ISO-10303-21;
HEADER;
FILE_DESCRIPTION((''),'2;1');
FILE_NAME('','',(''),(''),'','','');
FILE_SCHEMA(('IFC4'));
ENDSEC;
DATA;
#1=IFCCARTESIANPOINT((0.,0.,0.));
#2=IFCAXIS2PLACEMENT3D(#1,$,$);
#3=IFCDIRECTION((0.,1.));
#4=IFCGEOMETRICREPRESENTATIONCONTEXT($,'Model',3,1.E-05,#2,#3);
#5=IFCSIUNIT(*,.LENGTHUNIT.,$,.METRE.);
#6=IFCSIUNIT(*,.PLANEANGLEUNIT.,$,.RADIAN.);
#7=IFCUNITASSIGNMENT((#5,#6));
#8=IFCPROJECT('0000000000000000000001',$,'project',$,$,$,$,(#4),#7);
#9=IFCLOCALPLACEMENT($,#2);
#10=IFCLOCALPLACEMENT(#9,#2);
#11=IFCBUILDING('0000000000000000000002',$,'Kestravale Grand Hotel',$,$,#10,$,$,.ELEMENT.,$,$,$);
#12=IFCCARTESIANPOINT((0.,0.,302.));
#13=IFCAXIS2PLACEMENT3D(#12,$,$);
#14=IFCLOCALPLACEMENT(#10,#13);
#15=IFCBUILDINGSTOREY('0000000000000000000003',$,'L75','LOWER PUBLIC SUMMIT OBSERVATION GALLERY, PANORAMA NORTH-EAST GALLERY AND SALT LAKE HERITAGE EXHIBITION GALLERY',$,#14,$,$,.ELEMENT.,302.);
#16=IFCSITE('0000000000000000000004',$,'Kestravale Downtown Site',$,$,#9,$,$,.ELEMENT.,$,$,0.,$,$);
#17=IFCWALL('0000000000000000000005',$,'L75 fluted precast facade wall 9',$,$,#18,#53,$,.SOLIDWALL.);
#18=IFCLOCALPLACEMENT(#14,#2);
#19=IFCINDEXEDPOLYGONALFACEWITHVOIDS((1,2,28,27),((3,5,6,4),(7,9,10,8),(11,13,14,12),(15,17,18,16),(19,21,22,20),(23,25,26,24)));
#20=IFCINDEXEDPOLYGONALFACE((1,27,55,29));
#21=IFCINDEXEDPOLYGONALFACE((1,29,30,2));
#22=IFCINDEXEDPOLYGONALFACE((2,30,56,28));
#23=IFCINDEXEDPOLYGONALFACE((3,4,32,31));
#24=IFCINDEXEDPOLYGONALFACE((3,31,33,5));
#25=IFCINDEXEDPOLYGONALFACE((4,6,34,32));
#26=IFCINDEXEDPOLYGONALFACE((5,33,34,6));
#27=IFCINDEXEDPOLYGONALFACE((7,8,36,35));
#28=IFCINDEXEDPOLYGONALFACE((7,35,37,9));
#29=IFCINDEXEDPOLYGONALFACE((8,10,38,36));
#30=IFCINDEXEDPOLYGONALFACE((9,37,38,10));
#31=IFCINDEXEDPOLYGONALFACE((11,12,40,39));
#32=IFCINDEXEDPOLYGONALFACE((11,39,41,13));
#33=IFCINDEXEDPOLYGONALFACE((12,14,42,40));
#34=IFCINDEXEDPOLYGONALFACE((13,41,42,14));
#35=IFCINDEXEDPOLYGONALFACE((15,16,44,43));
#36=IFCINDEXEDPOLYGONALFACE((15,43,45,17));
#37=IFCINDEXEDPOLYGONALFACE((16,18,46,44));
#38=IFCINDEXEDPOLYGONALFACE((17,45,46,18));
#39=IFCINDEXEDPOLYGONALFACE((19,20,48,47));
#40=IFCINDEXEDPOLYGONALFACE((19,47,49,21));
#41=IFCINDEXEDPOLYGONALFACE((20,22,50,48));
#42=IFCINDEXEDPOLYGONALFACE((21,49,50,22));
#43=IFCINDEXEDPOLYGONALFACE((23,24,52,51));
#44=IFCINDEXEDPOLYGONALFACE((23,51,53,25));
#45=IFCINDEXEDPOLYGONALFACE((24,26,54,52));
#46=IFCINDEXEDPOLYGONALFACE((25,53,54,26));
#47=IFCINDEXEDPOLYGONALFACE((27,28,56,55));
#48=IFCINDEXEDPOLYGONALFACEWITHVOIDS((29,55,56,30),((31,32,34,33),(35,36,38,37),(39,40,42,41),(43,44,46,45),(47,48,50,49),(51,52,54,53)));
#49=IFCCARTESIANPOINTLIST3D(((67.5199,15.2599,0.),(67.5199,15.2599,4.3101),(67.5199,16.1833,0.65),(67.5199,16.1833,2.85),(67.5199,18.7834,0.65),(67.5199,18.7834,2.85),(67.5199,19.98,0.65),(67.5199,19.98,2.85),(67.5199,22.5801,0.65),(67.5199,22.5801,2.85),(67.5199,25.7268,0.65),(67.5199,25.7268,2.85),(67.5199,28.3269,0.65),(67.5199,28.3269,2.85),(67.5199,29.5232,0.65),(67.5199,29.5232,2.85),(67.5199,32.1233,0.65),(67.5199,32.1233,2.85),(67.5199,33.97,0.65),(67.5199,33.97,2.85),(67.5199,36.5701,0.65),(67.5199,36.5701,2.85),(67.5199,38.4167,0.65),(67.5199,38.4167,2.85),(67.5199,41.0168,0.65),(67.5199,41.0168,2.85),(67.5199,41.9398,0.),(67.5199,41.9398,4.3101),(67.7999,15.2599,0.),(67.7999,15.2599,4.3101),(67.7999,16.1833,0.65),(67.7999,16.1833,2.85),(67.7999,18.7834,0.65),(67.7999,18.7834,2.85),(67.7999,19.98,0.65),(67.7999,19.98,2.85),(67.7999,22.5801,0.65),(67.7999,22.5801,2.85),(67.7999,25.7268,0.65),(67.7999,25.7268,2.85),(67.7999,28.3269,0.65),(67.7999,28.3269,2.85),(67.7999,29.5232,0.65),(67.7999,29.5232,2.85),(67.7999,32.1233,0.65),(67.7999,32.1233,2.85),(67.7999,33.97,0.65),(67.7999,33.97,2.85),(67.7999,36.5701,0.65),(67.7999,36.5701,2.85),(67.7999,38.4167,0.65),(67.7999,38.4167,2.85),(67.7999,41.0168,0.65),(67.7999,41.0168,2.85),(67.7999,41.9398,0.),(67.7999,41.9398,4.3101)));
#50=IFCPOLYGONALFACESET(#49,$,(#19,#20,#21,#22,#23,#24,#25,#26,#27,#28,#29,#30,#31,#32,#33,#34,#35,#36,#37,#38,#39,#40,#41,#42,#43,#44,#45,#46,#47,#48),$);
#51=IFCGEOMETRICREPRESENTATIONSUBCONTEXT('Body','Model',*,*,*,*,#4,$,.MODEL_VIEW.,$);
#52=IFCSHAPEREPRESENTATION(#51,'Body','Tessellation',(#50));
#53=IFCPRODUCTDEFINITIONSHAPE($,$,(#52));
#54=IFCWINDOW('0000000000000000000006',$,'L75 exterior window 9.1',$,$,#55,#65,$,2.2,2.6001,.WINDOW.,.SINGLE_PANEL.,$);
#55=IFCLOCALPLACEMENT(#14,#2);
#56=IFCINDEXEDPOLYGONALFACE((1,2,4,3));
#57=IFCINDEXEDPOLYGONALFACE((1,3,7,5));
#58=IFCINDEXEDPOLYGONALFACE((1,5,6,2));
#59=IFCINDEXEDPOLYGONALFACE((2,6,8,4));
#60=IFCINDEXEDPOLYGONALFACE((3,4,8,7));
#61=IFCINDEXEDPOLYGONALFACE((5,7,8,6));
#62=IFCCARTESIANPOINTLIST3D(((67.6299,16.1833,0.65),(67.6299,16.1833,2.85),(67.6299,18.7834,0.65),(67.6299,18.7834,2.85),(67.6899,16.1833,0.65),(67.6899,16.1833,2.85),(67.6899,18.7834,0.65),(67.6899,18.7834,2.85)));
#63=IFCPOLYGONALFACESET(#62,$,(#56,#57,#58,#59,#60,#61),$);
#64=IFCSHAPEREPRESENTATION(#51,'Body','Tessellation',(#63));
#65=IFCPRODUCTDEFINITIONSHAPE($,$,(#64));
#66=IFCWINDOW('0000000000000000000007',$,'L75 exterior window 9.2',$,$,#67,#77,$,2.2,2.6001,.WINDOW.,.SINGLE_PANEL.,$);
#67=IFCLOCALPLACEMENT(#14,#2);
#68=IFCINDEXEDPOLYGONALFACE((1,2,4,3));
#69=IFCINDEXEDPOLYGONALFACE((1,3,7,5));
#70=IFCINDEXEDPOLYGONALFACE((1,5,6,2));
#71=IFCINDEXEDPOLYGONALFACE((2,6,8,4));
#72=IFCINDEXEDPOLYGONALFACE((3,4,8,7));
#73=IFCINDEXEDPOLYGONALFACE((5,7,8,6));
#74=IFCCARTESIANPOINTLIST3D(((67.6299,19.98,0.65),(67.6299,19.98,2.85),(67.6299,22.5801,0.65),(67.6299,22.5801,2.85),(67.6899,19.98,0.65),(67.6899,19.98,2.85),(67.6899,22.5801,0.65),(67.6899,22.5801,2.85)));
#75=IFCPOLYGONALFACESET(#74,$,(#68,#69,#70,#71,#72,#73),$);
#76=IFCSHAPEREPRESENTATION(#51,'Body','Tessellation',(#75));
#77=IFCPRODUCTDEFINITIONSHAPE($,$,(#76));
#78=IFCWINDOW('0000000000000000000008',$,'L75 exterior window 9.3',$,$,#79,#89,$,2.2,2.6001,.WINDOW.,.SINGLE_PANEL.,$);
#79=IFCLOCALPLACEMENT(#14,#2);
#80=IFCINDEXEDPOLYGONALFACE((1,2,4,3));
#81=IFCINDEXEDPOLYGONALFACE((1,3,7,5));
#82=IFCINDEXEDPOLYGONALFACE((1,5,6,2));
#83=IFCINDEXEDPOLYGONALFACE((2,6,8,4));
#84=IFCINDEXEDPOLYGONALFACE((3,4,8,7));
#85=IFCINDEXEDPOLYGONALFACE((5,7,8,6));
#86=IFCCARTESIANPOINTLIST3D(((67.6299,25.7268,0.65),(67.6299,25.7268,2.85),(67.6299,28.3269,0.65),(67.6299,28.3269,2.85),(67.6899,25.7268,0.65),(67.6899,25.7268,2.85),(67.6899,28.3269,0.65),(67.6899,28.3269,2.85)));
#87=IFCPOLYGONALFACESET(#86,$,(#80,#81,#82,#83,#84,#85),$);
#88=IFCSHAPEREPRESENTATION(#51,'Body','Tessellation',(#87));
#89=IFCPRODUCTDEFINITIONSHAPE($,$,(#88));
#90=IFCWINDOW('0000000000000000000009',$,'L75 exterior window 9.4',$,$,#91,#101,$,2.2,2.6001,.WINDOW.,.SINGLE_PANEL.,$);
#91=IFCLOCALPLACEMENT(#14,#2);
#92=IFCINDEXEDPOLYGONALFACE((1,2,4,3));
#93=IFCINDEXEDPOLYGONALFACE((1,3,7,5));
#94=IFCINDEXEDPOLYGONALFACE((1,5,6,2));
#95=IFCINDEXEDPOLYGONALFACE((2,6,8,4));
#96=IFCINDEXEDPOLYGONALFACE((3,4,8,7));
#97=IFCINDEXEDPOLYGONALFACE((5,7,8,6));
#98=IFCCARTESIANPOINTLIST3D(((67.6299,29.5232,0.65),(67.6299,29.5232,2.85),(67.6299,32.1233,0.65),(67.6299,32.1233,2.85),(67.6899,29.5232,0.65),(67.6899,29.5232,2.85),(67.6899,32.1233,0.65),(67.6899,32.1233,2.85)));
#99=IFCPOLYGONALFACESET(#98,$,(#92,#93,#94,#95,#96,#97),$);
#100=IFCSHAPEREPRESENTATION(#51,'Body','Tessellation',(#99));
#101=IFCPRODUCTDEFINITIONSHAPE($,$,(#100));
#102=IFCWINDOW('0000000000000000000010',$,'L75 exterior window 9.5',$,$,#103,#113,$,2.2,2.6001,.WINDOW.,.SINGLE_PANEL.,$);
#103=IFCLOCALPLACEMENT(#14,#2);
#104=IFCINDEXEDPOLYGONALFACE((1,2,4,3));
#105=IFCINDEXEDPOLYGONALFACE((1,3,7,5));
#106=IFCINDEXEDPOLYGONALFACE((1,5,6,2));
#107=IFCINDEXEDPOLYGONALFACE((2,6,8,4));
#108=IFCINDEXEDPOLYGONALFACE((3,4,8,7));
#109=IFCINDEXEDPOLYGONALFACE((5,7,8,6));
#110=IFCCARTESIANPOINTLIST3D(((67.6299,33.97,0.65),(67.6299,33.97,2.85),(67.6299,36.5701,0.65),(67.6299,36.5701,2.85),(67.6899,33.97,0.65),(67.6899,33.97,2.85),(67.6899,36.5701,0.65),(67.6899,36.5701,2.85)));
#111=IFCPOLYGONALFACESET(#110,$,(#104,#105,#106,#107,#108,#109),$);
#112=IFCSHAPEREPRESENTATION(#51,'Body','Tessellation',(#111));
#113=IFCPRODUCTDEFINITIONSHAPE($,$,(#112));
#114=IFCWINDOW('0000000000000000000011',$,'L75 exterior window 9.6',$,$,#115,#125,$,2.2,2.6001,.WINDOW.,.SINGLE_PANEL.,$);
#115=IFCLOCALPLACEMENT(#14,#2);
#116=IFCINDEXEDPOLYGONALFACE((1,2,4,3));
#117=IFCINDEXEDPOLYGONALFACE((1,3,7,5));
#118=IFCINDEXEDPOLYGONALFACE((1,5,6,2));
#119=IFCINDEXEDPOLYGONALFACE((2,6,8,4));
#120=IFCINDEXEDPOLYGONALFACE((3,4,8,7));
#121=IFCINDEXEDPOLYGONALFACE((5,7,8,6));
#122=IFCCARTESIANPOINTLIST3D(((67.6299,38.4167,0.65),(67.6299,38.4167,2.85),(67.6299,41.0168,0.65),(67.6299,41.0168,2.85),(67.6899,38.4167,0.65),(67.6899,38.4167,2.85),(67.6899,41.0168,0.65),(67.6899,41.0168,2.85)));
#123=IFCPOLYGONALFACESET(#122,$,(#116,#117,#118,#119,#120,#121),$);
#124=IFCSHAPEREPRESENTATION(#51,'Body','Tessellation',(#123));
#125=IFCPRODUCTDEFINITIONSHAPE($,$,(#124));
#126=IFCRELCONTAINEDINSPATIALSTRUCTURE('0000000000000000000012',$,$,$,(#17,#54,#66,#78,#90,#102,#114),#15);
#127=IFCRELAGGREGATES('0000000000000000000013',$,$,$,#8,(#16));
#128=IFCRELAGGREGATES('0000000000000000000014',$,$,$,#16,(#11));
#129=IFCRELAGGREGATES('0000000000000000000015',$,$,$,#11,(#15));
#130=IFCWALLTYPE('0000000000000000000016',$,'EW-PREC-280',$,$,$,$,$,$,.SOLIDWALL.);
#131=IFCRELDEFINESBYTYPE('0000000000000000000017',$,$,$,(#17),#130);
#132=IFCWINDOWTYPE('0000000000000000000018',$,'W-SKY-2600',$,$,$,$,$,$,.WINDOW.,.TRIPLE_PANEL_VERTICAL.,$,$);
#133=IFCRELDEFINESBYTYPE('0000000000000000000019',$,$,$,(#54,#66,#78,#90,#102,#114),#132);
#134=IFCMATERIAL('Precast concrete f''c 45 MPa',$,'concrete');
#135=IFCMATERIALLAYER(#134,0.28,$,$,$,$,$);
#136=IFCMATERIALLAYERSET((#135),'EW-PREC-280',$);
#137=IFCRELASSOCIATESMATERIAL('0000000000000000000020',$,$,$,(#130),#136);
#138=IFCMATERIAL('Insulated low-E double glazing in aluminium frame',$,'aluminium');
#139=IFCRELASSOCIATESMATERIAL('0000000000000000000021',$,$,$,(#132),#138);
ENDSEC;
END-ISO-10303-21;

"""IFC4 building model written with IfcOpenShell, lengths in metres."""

from ifc_helpers import new_model, si_unit, direction, frame, frame_2d, origin, place, context, subcontext, project, spatial, rectangle, extrude, material, layer, layer_set, type_object, element, fill, save


model = new_model("IFC4")

# Units and contexts
model_context = context("Model", 3, precision=1e-05, world=origin(), true_north=direction((0.0, 1.0)))
body_context = subcontext(model_context, "Body", "Model", "MODEL_VIEW")
ifc_project = project(units=[si_unit("LENGTHUNIT", "METRE"), si_unit("PLANEANGLEUNIT", "RADIAN")], contexts=[model_context])

# Site, building, storey
site_placement = place(None, origin())
site = spatial("IfcSite", under=ifc_project, at=site_placement, Name="Kestravale Downtown Site", CompositionType="ELEMENT", RefElevation=0.0)
building_placement = place(site_placement, origin())
building = spatial("IfcBuilding", under=site, at=building_placement, Name="Kestravale Grand Hotel", CompositionType="ELEMENT")
storey_placement = place(building_placement, frame((0.0, 0.0, 302.0)))
storey = spatial("IfcBuildingStorey", under=building, at=storey_placement, Name="L75", Description="LOWER PUBLIC SUMMIT OBSERVATION GALLERY, PANORAMA NORTH-EAST GALLERY AND SALT LAKE HERITAGE EXHIBITION GALLERY", CompositionType="ELEMENT", Elevation=302.0)

# Shared definitions
ifc_material_1 = material(Name="Precast concrete f'c 45 MPa", Category="concrete")
ifc_layer = layer(ifc_material_1, 0.28)
ifc_layer_set = layer_set([ifc_layer], Name="EW-PREC-280")
wall_type = type_object("IfcWallType", Name="EW-PREC-280", PredefinedType="SOLIDWALL", material=ifc_layer_set)

# Wall, openings, windows
wall_1_placement = place(storey_placement, frame((67.6599, 15.26, 0.0), z_axis=(0.0, 0.0, 1.0), x_axis=(0.0, 1.0, 0.0)))
wall_1 = element("IfcWall", 1, at=wall_1_placement, inside=storey, type_object=wall_type, Name="L75 fluted precast facade wall 9", PredefinedType="SOLIDWALL", context=body_context, shape_type="SweptSolid", body=[
    extrude(rectangle(XDim=26.6799, YDim=0.28, at=frame_2d((13.3398, 0.0))), origin(), (0.0, 0.0, 1.0), 4.3101),
])
opening_1_placement = place(wall_1_placement, frame((0.9233, 0.0, 0.6499)))
opening_1 = element("IfcOpeningElement", 2, at=opening_1_placement, cuts=wall_1, PredefinedType="OPENING", context=body_context, shape_type="SweptSolid", body=[
    extrude(rectangle(XDim=2.6001, YDim=2.2, at=frame_2d((1.3, 1.1001))), frame((0.0, 0.1499, 0.0), z_axis=(0.0, -1.0, 0.0), x_axis=(1.0, 0.0, 0.0)), (0.0, 0.0, 1.0), 0.3),
])
opening_2_placement = place(wall_1_placement, frame((4.72, 0.0, 0.6499)))
opening_2 = element("IfcOpeningElement", 3, at=opening_2_placement, cuts=wall_1, PredefinedType="OPENING", context=body_context, shape_type="SweptSolid", body=[
    extrude(rectangle(XDim=2.6001, YDim=2.2, at=frame_2d((1.3, 1.1001))), frame((0.0, 0.1499, 0.0), z_axis=(0.0, -1.0, 0.0), x_axis=(1.0, 0.0, 0.0)), (0.0, 0.0, 1.0), 0.3),
])
opening_3_placement = place(wall_1_placement, frame((10.4668, 0.0, 0.6499)))
opening_3 = element("IfcOpeningElement", 4, at=opening_3_placement, cuts=wall_1, PredefinedType="OPENING", context=body_context, shape_type="SweptSolid", body=[
    extrude(rectangle(XDim=2.6001, YDim=2.2, at=frame_2d((1.3, 1.1001))), frame((0.0, 0.1499, 0.0), z_axis=(0.0, -1.0, 0.0), x_axis=(1.0, 0.0, 0.0)), (0.0, 0.0, 1.0), 0.3),
])
opening_4_placement = place(wall_1_placement, frame((14.2632, 0.0, 0.6499)))
opening_4 = element("IfcOpeningElement", 5, at=opening_4_placement, cuts=wall_1, PredefinedType="OPENING", context=body_context, shape_type="SweptSolid", body=[
    extrude(rectangle(XDim=2.6001, YDim=2.2, at=frame_2d((1.3, 1.1001))), frame((0.0, 0.1499, 0.0), z_axis=(0.0, -1.0, 0.0), x_axis=(1.0, 0.0, 0.0)), (0.0, 0.0, 1.0), 0.3),
])
opening_5_placement = place(wall_1_placement, frame((18.71, 0.0, 0.6499)))
opening_5 = element("IfcOpeningElement", 6, at=opening_5_placement, cuts=wall_1, PredefinedType="OPENING", context=body_context, shape_type="SweptSolid", body=[
    extrude(rectangle(XDim=2.6001, YDim=2.2, at=frame_2d((1.3, 1.1001))), frame((0.0, 0.1499, 0.0), z_axis=(0.0, -1.0, 0.0), x_axis=(1.0, 0.0, 0.0)), (0.0, 0.0, 1.0), 0.3),
])
opening_6_placement = place(wall_1_placement, frame((23.1567, 0.0, 0.6499)))
opening_6 = element("IfcOpeningElement", 7, at=opening_6_placement, cuts=wall_1, PredefinedType="OPENING", context=body_context, shape_type="SweptSolid", body=[
    extrude(rectangle(XDim=2.6001, YDim=2.2, at=frame_2d((1.3, 1.1001))), frame((0.0, 0.1499, 0.0), z_axis=(0.0, -1.0, 0.0), x_axis=(1.0, 0.0, 0.0)), (0.0, 0.0, 1.0), 0.3),
])
ifc_material_2 = material(Name="Insulated low-E double glazing in aluminium frame", Category="aluminium")
window_type = type_object("IfcWindowType", Name="W-SKY-2600", PartitioningType="TRIPLE_PANEL_VERTICAL", PredefinedType="WINDOW", material=ifc_material_2)
window_1_placement = place(opening_1_placement, origin())
window_1 = element("IfcWindow", 8, at=window_1_placement, inside=storey, type_object=window_type, Name="L75 exterior window 9.1", OverallHeight=2.2, OverallWidth=2.6001, PartitioningType="SINGLE_PANEL", PredefinedType="WINDOW", context=body_context, shape_type="SweptSolid", body=[
    extrude(rectangle(XDim=2.6001, YDim=2.2, at=frame_2d((1.3, 1.1001))), frame((0.0, 0.03, 0.0), z_axis=(0.0, -1.0, 0.0), x_axis=(1.0, 0.0, 0.0)), (0.0, 0.0, 1.0), 0.0601),
])
fill(opening_1, window_1)
window_2_placement = place(opening_2_placement, origin())
window_2 = element("IfcWindow", 9, at=window_2_placement, inside=storey, type_object=window_type, Name="L75 exterior window 9.2", OverallHeight=2.2, OverallWidth=2.6001, PartitioningType="SINGLE_PANEL", PredefinedType="WINDOW", context=body_context, shape_type="SweptSolid", body=[
    extrude(rectangle(XDim=2.6001, YDim=2.2, at=frame_2d((1.3, 1.1001))), frame((0.0, 0.03, 0.0), z_axis=(0.0, -1.0, 0.0), x_axis=(1.0, 0.0, 0.0)), (0.0, 0.0, 1.0), 0.0601),
])
fill(opening_2, window_2)
window_3_placement = place(opening_3_placement, origin())
window_3 = element("IfcWindow", 10, at=window_3_placement, inside=storey, type_object=window_type, Name="L75 exterior window 9.3", OverallHeight=2.2, OverallWidth=2.6001, PartitioningType="SINGLE_PANEL", PredefinedType="WINDOW", context=body_context, shape_type="SweptSolid", body=[
    extrude(rectangle(XDim=2.6001, YDim=2.2, at=frame_2d((1.3, 1.1001))), frame((0.0, 0.03, 0.0), z_axis=(0.0, -1.0, 0.0), x_axis=(1.0, 0.0, 0.0)), (0.0, 0.0, 1.0), 0.0601),
])
fill(opening_3, window_3)
window_4_placement = place(opening_4_placement, origin())
window_4 = element("IfcWindow", 11, at=window_4_placement, inside=storey, type_object=window_type, Name="L75 exterior window 9.4", OverallHeight=2.2, OverallWidth=2.6001, PartitioningType="SINGLE_PANEL", PredefinedType="WINDOW", context=body_context, shape_type="SweptSolid", body=[
    extrude(rectangle(XDim=2.6001, YDim=2.2, at=frame_2d((1.3, 1.1001))), frame((0.0, 0.03, 0.0), z_axis=(0.0, -1.0, 0.0), x_axis=(1.0, 0.0, 0.0)), (0.0, 0.0, 1.0), 0.0601),
])
fill(opening_4, window_4)
window_5_placement = place(opening_5_placement, origin())
window_5 = element("IfcWindow", 12, at=window_5_placement, inside=storey, type_object=window_type, Name="L75 exterior window 9.5", OverallHeight=2.2, OverallWidth=2.6001, PartitioningType="SINGLE_PANEL", PredefinedType="WINDOW", context=body_context, shape_type="SweptSolid", body=[
    extrude(rectangle(XDim=2.6001, YDim=2.2, at=frame_2d((1.3, 1.1001))), frame((0.0, 0.03, 0.0), z_axis=(0.0, -1.0, 0.0), x_axis=(1.0, 0.0, 0.0)), (0.0, 0.0, 1.0), 0.0601),
])
fill(opening_5, window_5)
window_6_placement = place(opening_6_placement, origin())
window_6 = element("IfcWindow", 13, at=window_6_placement, inside=storey, type_object=window_type, Name="L75 exterior window 9.6", OverallHeight=2.2, OverallWidth=2.6001, PartitioningType="SINGLE_PANEL", PredefinedType="WINDOW", context=body_context, shape_type="SweptSolid", body=[
    extrude(rectangle(XDim=2.6001, YDim=2.2, at=frame_2d((1.3, 1.1001))), frame((0.0, 0.03, 0.0), z_axis=(0.0, -1.0, 0.0), x_axis=(1.0, 0.0, 0.0)), (0.0, 0.0, 1.0), 0.0601),
])
fill(opening_6, window_6)

save(model, "model.ifc")
